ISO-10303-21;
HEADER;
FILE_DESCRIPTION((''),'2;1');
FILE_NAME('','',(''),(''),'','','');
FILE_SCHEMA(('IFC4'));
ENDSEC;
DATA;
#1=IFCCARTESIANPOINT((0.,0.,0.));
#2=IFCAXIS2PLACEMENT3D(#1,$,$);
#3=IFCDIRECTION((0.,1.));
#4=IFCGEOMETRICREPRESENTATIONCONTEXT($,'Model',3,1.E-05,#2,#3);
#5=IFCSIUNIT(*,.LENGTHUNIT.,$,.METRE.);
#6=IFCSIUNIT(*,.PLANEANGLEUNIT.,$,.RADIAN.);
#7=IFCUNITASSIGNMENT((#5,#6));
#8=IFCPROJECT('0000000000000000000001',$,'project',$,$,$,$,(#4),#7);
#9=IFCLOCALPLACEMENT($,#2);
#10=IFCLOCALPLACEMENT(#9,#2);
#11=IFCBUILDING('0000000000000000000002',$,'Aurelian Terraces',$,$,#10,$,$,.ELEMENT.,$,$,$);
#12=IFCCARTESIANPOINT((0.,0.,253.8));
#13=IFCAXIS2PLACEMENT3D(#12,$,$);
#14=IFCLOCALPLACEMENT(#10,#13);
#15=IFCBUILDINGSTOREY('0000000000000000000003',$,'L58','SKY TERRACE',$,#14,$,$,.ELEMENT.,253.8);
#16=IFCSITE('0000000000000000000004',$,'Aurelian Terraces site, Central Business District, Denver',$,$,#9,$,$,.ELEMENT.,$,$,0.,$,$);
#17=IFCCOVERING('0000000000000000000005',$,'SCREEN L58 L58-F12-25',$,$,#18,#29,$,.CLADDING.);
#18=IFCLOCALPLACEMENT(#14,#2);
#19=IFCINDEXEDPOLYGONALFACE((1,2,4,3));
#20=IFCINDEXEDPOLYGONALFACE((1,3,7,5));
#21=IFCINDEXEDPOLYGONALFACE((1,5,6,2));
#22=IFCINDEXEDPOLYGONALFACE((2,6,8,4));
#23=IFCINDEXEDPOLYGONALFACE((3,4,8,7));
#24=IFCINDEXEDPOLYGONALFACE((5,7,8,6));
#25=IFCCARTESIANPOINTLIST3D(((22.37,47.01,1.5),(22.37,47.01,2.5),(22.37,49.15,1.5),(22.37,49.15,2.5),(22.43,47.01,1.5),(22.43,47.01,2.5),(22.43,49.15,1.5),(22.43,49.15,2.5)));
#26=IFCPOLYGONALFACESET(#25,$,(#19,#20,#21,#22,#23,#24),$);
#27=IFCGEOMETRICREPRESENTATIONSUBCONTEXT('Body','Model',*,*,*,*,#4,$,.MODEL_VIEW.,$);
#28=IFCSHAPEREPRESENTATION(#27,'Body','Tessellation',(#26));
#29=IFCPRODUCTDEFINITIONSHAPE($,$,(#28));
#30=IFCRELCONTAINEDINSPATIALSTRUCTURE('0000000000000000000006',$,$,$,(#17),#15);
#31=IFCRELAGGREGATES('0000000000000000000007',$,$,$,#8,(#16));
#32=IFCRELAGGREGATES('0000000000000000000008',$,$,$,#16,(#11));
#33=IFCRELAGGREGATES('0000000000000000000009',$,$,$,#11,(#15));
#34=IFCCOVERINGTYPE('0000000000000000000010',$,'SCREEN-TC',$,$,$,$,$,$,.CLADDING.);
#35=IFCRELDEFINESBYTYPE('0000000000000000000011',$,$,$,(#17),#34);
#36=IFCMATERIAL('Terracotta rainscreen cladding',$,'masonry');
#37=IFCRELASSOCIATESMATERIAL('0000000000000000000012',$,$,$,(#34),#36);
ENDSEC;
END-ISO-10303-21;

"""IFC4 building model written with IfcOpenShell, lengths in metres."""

from ifc_helpers import new_model, si_unit, direction, frame, origin, origin_2d, place, context, subcontext, project, spatial, rectangle, extrude, source, transform, mapped, material, type_object, element, save


model = new_model("IFC4")

# Units and contexts
model_context = context("Model", 3, precision=1e-05, world=origin(), true_north=direction((0.0, 1.0)))
body_context = subcontext(model_context, "Body", "Model", "MODEL_VIEW")
ifc_project = project(units=[si_unit("LENGTHUNIT", "METRE"), si_unit("PLANEANGLEUNIT", "RADIAN")], contexts=[model_context])

# Site, building, storey
site_placement = place(None, origin())
site = spatial("IfcSite", under=ifc_project, at=site_placement, Name="Aurelian Terraces site, Central Business District, Denver", CompositionType="ELEMENT", RefElevation=0.0)
building_placement = place(site_placement, origin())
building = spatial("IfcBuilding", under=site, at=building_placement, Name="Aurelian Terraces", CompositionType="ELEMENT")
storey_placement = place(building_placement, frame((0.0, 0.0, 253.8)))
storey = spatial("IfcBuildingStorey", under=building, at=storey_placement, Name="L58", Description="SKY TERRACE", CompositionType="ELEMENT", Elevation=253.8)

# Shared definitions
ifc_material_1 = material(Name="Terracotta rainscreen cladding", Category="masonry")

# Covering
covering_type_1 = type_object("IfcCoveringType", Name="SCREEN-TC", PredefinedType="CLADDING", material=ifc_material_1)
shared_shape_1 = source(origin(), body_context, "Body", "SweptSolid", [
    extrude(rectangle(XDim=0.06, YDim=2.14, at=origin_2d()), origin(), (0.0, 0.0, 1.0), 1.0),
])
covering_placement = place(storey_placement, frame((22.4, 48.08, 1.5), z_axis=(0.0, 0.0, 1.0), x_axis=(1.0, 0.0, 0.0)))
element("IfcCovering", 1, at=covering_placement, inside=storey, type_object=covering_type_1, Name="SCREEN L58 L58-F12-25", PredefinedType="CLADDING", context=body_context, shape_type="MappedRepresentation", body=[
    mapped(shared_shape_1, transform((0.0, 0.0, 0.0), scale=1.0)),
])

save(model, "model.ifc")
